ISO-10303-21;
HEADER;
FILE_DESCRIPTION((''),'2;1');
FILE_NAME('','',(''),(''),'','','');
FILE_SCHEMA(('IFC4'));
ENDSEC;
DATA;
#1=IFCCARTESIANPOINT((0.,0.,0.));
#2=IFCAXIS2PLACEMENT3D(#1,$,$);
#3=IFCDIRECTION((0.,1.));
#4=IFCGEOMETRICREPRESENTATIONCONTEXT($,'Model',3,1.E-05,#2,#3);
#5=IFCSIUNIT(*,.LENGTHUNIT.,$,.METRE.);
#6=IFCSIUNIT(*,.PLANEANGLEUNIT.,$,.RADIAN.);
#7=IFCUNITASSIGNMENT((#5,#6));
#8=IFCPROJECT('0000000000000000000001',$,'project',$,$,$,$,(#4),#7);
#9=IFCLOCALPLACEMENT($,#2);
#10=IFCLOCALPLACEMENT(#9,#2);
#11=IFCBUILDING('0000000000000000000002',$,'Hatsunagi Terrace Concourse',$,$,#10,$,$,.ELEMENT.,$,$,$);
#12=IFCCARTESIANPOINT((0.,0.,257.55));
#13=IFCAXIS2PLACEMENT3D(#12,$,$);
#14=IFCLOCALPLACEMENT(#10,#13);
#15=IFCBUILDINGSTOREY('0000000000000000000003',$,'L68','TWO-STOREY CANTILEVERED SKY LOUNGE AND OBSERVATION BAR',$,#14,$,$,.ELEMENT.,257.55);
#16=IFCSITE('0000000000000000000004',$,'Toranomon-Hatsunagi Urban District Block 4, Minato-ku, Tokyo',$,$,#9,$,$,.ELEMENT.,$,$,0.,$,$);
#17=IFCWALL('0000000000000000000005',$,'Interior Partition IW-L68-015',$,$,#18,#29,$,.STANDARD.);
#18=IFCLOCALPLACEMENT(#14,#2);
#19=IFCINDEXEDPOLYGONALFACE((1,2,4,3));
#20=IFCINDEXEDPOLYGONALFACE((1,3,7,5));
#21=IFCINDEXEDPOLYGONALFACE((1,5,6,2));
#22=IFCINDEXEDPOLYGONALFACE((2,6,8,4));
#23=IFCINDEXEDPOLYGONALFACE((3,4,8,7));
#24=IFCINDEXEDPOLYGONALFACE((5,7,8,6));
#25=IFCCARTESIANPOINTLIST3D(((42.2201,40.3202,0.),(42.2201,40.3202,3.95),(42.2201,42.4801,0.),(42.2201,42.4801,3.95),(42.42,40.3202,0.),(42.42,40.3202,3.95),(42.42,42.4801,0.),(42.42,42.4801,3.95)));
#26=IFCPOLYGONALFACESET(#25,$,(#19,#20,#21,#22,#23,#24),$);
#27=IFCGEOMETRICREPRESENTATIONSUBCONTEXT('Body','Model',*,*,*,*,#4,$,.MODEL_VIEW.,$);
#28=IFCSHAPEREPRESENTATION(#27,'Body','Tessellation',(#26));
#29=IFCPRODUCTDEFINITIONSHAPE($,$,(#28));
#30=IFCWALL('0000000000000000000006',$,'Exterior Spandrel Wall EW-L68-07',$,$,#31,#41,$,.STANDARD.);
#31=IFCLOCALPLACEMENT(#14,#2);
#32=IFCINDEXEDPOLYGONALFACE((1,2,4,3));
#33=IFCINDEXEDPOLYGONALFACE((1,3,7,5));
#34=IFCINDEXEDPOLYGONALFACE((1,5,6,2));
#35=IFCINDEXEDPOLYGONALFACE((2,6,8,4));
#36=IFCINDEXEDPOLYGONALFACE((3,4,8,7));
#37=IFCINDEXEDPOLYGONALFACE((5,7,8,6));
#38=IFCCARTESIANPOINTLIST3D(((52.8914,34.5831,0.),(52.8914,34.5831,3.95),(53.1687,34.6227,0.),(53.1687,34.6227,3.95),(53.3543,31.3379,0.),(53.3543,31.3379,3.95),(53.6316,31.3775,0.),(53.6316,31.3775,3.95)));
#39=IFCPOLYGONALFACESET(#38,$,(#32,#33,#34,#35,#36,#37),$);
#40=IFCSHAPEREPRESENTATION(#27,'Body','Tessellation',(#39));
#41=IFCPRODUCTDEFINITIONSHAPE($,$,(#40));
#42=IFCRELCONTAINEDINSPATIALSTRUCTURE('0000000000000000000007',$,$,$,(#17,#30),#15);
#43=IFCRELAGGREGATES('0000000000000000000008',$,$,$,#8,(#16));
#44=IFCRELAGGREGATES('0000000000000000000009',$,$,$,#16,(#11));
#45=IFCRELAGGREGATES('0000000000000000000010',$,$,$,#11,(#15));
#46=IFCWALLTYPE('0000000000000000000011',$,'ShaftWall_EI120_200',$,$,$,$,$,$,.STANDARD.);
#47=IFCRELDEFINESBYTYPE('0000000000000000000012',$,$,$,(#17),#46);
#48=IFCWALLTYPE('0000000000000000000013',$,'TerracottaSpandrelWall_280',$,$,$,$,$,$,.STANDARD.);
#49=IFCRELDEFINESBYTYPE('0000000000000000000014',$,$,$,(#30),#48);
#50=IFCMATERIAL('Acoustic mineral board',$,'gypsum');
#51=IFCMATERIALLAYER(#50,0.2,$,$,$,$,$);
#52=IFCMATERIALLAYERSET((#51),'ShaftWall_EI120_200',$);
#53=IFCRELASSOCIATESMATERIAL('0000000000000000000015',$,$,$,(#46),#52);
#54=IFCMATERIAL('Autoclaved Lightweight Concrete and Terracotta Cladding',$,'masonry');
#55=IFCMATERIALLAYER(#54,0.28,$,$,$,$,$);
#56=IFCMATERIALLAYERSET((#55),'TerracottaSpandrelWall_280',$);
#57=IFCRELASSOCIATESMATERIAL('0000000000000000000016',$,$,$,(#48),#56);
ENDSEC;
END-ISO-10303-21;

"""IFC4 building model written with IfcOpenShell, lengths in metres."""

from ifc_helpers import new_model, si_unit, direction, frame, frame_2d, origin, place, context, subcontext, project, spatial, rectangle, extrude, material, layer, layer_set, type_object, element, save


model = new_model("IFC4")

# Units and contexts
model_context = context("Model", 3, precision=1e-05, world=origin(), true_north=direction((0.0, 1.0)))
body_context = subcontext(model_context, "Body", "Model", "MODEL_VIEW")
ifc_project = project(units=[si_unit("LENGTHUNIT", "METRE"), si_unit("PLANEANGLEUNIT", "RADIAN")], contexts=[model_context])

# Site, building, storey
site_placement = place(None, origin())
site = spatial("IfcSite", under=ifc_project, at=site_placement, Name="Toranomon-Hatsunagi Urban District Block 4, Minato-ku, Tokyo", CompositionType="ELEMENT", RefElevation=0.0)
building_placement = place(site_placement, origin())
building = spatial("IfcBuilding", under=site, at=building_placement, Name="Hatsunagi Terrace Concourse", CompositionType="ELEMENT")
storey_placement = place(building_placement, frame((0.0, 0.0, 257.55)))
storey = spatial("IfcBuildingStorey", under=building, at=storey_placement, Name="L68", Description="TWO-STOREY CANTILEVERED SKY LOUNGE AND OBSERVATION BAR", CompositionType="ELEMENT", Elevation=257.55)

# Walls
ifc_material_1 = material(Name="Acoustic mineral board", Category="gypsum")
ifc_layer_1 = layer(ifc_material_1, 0.2)
ifc_layer_set_1 = layer_set([ifc_layer_1], Name="ShaftWall_EI120_200")
wall_type_1 = type_object("IfcWallType", Name="ShaftWall_EI120_200", PredefinedType="STANDARD", material=ifc_layer_set_1)
wall_1_placement = place(storey_placement, frame((42.3201, 40.3201, 0.0), z_axis=(0.0, 0.0, 1.0), x_axis=(0.0, 1.0, 0.0)))
element("IfcWall", 1, at=wall_1_placement, inside=storey, type_object=wall_type_1, Name="Interior Partition IW-L68-015", PredefinedType="STANDARD", context=body_context, shape_type="SweptSolid", body=[
    extrude(rectangle(XDim=2.1599, YDim=0.2, at=frame_2d((1.0801, 0.0))), origin(), (0.0, 0.0, 1.0), 3.95),
])
ifc_material_2 = material(Name="Autoclaved Lightweight Concrete and Terracotta Cladding", Category="masonry")
ifc_layer_2 = layer(ifc_material_2, 0.28)
ifc_layer_set_2 = layer_set([ifc_layer_2], Name="TerracottaSpandrelWall_280")
wall_type_2 = type_object("IfcWallType", Name="TerracottaSpandrelWall_280", PredefinedType="STANDARD", material=ifc_layer_set_2)
wall_2_placement = place(storey_placement, frame((53.03, 34.603, 0.0), z_axis=(0.0, 0.0, 1.0), x_axis=(0.141213, -0.989979, 0.0)))
element("IfcWall", 2, at=wall_2_placement, inside=storey, type_object=wall_type_2, Name="Exterior Spandrel Wall EW-L68-07", PredefinedType="STANDARD", context=body_context, shape_type="SweptSolid", body=[
    extrude(rectangle(XDim=3.2781, YDim=0.28, at=frame_2d((1.6392, 0.0))), origin(), (0.0, 0.0, 1.0), 3.95),
])

save(model, "model.ifc")
